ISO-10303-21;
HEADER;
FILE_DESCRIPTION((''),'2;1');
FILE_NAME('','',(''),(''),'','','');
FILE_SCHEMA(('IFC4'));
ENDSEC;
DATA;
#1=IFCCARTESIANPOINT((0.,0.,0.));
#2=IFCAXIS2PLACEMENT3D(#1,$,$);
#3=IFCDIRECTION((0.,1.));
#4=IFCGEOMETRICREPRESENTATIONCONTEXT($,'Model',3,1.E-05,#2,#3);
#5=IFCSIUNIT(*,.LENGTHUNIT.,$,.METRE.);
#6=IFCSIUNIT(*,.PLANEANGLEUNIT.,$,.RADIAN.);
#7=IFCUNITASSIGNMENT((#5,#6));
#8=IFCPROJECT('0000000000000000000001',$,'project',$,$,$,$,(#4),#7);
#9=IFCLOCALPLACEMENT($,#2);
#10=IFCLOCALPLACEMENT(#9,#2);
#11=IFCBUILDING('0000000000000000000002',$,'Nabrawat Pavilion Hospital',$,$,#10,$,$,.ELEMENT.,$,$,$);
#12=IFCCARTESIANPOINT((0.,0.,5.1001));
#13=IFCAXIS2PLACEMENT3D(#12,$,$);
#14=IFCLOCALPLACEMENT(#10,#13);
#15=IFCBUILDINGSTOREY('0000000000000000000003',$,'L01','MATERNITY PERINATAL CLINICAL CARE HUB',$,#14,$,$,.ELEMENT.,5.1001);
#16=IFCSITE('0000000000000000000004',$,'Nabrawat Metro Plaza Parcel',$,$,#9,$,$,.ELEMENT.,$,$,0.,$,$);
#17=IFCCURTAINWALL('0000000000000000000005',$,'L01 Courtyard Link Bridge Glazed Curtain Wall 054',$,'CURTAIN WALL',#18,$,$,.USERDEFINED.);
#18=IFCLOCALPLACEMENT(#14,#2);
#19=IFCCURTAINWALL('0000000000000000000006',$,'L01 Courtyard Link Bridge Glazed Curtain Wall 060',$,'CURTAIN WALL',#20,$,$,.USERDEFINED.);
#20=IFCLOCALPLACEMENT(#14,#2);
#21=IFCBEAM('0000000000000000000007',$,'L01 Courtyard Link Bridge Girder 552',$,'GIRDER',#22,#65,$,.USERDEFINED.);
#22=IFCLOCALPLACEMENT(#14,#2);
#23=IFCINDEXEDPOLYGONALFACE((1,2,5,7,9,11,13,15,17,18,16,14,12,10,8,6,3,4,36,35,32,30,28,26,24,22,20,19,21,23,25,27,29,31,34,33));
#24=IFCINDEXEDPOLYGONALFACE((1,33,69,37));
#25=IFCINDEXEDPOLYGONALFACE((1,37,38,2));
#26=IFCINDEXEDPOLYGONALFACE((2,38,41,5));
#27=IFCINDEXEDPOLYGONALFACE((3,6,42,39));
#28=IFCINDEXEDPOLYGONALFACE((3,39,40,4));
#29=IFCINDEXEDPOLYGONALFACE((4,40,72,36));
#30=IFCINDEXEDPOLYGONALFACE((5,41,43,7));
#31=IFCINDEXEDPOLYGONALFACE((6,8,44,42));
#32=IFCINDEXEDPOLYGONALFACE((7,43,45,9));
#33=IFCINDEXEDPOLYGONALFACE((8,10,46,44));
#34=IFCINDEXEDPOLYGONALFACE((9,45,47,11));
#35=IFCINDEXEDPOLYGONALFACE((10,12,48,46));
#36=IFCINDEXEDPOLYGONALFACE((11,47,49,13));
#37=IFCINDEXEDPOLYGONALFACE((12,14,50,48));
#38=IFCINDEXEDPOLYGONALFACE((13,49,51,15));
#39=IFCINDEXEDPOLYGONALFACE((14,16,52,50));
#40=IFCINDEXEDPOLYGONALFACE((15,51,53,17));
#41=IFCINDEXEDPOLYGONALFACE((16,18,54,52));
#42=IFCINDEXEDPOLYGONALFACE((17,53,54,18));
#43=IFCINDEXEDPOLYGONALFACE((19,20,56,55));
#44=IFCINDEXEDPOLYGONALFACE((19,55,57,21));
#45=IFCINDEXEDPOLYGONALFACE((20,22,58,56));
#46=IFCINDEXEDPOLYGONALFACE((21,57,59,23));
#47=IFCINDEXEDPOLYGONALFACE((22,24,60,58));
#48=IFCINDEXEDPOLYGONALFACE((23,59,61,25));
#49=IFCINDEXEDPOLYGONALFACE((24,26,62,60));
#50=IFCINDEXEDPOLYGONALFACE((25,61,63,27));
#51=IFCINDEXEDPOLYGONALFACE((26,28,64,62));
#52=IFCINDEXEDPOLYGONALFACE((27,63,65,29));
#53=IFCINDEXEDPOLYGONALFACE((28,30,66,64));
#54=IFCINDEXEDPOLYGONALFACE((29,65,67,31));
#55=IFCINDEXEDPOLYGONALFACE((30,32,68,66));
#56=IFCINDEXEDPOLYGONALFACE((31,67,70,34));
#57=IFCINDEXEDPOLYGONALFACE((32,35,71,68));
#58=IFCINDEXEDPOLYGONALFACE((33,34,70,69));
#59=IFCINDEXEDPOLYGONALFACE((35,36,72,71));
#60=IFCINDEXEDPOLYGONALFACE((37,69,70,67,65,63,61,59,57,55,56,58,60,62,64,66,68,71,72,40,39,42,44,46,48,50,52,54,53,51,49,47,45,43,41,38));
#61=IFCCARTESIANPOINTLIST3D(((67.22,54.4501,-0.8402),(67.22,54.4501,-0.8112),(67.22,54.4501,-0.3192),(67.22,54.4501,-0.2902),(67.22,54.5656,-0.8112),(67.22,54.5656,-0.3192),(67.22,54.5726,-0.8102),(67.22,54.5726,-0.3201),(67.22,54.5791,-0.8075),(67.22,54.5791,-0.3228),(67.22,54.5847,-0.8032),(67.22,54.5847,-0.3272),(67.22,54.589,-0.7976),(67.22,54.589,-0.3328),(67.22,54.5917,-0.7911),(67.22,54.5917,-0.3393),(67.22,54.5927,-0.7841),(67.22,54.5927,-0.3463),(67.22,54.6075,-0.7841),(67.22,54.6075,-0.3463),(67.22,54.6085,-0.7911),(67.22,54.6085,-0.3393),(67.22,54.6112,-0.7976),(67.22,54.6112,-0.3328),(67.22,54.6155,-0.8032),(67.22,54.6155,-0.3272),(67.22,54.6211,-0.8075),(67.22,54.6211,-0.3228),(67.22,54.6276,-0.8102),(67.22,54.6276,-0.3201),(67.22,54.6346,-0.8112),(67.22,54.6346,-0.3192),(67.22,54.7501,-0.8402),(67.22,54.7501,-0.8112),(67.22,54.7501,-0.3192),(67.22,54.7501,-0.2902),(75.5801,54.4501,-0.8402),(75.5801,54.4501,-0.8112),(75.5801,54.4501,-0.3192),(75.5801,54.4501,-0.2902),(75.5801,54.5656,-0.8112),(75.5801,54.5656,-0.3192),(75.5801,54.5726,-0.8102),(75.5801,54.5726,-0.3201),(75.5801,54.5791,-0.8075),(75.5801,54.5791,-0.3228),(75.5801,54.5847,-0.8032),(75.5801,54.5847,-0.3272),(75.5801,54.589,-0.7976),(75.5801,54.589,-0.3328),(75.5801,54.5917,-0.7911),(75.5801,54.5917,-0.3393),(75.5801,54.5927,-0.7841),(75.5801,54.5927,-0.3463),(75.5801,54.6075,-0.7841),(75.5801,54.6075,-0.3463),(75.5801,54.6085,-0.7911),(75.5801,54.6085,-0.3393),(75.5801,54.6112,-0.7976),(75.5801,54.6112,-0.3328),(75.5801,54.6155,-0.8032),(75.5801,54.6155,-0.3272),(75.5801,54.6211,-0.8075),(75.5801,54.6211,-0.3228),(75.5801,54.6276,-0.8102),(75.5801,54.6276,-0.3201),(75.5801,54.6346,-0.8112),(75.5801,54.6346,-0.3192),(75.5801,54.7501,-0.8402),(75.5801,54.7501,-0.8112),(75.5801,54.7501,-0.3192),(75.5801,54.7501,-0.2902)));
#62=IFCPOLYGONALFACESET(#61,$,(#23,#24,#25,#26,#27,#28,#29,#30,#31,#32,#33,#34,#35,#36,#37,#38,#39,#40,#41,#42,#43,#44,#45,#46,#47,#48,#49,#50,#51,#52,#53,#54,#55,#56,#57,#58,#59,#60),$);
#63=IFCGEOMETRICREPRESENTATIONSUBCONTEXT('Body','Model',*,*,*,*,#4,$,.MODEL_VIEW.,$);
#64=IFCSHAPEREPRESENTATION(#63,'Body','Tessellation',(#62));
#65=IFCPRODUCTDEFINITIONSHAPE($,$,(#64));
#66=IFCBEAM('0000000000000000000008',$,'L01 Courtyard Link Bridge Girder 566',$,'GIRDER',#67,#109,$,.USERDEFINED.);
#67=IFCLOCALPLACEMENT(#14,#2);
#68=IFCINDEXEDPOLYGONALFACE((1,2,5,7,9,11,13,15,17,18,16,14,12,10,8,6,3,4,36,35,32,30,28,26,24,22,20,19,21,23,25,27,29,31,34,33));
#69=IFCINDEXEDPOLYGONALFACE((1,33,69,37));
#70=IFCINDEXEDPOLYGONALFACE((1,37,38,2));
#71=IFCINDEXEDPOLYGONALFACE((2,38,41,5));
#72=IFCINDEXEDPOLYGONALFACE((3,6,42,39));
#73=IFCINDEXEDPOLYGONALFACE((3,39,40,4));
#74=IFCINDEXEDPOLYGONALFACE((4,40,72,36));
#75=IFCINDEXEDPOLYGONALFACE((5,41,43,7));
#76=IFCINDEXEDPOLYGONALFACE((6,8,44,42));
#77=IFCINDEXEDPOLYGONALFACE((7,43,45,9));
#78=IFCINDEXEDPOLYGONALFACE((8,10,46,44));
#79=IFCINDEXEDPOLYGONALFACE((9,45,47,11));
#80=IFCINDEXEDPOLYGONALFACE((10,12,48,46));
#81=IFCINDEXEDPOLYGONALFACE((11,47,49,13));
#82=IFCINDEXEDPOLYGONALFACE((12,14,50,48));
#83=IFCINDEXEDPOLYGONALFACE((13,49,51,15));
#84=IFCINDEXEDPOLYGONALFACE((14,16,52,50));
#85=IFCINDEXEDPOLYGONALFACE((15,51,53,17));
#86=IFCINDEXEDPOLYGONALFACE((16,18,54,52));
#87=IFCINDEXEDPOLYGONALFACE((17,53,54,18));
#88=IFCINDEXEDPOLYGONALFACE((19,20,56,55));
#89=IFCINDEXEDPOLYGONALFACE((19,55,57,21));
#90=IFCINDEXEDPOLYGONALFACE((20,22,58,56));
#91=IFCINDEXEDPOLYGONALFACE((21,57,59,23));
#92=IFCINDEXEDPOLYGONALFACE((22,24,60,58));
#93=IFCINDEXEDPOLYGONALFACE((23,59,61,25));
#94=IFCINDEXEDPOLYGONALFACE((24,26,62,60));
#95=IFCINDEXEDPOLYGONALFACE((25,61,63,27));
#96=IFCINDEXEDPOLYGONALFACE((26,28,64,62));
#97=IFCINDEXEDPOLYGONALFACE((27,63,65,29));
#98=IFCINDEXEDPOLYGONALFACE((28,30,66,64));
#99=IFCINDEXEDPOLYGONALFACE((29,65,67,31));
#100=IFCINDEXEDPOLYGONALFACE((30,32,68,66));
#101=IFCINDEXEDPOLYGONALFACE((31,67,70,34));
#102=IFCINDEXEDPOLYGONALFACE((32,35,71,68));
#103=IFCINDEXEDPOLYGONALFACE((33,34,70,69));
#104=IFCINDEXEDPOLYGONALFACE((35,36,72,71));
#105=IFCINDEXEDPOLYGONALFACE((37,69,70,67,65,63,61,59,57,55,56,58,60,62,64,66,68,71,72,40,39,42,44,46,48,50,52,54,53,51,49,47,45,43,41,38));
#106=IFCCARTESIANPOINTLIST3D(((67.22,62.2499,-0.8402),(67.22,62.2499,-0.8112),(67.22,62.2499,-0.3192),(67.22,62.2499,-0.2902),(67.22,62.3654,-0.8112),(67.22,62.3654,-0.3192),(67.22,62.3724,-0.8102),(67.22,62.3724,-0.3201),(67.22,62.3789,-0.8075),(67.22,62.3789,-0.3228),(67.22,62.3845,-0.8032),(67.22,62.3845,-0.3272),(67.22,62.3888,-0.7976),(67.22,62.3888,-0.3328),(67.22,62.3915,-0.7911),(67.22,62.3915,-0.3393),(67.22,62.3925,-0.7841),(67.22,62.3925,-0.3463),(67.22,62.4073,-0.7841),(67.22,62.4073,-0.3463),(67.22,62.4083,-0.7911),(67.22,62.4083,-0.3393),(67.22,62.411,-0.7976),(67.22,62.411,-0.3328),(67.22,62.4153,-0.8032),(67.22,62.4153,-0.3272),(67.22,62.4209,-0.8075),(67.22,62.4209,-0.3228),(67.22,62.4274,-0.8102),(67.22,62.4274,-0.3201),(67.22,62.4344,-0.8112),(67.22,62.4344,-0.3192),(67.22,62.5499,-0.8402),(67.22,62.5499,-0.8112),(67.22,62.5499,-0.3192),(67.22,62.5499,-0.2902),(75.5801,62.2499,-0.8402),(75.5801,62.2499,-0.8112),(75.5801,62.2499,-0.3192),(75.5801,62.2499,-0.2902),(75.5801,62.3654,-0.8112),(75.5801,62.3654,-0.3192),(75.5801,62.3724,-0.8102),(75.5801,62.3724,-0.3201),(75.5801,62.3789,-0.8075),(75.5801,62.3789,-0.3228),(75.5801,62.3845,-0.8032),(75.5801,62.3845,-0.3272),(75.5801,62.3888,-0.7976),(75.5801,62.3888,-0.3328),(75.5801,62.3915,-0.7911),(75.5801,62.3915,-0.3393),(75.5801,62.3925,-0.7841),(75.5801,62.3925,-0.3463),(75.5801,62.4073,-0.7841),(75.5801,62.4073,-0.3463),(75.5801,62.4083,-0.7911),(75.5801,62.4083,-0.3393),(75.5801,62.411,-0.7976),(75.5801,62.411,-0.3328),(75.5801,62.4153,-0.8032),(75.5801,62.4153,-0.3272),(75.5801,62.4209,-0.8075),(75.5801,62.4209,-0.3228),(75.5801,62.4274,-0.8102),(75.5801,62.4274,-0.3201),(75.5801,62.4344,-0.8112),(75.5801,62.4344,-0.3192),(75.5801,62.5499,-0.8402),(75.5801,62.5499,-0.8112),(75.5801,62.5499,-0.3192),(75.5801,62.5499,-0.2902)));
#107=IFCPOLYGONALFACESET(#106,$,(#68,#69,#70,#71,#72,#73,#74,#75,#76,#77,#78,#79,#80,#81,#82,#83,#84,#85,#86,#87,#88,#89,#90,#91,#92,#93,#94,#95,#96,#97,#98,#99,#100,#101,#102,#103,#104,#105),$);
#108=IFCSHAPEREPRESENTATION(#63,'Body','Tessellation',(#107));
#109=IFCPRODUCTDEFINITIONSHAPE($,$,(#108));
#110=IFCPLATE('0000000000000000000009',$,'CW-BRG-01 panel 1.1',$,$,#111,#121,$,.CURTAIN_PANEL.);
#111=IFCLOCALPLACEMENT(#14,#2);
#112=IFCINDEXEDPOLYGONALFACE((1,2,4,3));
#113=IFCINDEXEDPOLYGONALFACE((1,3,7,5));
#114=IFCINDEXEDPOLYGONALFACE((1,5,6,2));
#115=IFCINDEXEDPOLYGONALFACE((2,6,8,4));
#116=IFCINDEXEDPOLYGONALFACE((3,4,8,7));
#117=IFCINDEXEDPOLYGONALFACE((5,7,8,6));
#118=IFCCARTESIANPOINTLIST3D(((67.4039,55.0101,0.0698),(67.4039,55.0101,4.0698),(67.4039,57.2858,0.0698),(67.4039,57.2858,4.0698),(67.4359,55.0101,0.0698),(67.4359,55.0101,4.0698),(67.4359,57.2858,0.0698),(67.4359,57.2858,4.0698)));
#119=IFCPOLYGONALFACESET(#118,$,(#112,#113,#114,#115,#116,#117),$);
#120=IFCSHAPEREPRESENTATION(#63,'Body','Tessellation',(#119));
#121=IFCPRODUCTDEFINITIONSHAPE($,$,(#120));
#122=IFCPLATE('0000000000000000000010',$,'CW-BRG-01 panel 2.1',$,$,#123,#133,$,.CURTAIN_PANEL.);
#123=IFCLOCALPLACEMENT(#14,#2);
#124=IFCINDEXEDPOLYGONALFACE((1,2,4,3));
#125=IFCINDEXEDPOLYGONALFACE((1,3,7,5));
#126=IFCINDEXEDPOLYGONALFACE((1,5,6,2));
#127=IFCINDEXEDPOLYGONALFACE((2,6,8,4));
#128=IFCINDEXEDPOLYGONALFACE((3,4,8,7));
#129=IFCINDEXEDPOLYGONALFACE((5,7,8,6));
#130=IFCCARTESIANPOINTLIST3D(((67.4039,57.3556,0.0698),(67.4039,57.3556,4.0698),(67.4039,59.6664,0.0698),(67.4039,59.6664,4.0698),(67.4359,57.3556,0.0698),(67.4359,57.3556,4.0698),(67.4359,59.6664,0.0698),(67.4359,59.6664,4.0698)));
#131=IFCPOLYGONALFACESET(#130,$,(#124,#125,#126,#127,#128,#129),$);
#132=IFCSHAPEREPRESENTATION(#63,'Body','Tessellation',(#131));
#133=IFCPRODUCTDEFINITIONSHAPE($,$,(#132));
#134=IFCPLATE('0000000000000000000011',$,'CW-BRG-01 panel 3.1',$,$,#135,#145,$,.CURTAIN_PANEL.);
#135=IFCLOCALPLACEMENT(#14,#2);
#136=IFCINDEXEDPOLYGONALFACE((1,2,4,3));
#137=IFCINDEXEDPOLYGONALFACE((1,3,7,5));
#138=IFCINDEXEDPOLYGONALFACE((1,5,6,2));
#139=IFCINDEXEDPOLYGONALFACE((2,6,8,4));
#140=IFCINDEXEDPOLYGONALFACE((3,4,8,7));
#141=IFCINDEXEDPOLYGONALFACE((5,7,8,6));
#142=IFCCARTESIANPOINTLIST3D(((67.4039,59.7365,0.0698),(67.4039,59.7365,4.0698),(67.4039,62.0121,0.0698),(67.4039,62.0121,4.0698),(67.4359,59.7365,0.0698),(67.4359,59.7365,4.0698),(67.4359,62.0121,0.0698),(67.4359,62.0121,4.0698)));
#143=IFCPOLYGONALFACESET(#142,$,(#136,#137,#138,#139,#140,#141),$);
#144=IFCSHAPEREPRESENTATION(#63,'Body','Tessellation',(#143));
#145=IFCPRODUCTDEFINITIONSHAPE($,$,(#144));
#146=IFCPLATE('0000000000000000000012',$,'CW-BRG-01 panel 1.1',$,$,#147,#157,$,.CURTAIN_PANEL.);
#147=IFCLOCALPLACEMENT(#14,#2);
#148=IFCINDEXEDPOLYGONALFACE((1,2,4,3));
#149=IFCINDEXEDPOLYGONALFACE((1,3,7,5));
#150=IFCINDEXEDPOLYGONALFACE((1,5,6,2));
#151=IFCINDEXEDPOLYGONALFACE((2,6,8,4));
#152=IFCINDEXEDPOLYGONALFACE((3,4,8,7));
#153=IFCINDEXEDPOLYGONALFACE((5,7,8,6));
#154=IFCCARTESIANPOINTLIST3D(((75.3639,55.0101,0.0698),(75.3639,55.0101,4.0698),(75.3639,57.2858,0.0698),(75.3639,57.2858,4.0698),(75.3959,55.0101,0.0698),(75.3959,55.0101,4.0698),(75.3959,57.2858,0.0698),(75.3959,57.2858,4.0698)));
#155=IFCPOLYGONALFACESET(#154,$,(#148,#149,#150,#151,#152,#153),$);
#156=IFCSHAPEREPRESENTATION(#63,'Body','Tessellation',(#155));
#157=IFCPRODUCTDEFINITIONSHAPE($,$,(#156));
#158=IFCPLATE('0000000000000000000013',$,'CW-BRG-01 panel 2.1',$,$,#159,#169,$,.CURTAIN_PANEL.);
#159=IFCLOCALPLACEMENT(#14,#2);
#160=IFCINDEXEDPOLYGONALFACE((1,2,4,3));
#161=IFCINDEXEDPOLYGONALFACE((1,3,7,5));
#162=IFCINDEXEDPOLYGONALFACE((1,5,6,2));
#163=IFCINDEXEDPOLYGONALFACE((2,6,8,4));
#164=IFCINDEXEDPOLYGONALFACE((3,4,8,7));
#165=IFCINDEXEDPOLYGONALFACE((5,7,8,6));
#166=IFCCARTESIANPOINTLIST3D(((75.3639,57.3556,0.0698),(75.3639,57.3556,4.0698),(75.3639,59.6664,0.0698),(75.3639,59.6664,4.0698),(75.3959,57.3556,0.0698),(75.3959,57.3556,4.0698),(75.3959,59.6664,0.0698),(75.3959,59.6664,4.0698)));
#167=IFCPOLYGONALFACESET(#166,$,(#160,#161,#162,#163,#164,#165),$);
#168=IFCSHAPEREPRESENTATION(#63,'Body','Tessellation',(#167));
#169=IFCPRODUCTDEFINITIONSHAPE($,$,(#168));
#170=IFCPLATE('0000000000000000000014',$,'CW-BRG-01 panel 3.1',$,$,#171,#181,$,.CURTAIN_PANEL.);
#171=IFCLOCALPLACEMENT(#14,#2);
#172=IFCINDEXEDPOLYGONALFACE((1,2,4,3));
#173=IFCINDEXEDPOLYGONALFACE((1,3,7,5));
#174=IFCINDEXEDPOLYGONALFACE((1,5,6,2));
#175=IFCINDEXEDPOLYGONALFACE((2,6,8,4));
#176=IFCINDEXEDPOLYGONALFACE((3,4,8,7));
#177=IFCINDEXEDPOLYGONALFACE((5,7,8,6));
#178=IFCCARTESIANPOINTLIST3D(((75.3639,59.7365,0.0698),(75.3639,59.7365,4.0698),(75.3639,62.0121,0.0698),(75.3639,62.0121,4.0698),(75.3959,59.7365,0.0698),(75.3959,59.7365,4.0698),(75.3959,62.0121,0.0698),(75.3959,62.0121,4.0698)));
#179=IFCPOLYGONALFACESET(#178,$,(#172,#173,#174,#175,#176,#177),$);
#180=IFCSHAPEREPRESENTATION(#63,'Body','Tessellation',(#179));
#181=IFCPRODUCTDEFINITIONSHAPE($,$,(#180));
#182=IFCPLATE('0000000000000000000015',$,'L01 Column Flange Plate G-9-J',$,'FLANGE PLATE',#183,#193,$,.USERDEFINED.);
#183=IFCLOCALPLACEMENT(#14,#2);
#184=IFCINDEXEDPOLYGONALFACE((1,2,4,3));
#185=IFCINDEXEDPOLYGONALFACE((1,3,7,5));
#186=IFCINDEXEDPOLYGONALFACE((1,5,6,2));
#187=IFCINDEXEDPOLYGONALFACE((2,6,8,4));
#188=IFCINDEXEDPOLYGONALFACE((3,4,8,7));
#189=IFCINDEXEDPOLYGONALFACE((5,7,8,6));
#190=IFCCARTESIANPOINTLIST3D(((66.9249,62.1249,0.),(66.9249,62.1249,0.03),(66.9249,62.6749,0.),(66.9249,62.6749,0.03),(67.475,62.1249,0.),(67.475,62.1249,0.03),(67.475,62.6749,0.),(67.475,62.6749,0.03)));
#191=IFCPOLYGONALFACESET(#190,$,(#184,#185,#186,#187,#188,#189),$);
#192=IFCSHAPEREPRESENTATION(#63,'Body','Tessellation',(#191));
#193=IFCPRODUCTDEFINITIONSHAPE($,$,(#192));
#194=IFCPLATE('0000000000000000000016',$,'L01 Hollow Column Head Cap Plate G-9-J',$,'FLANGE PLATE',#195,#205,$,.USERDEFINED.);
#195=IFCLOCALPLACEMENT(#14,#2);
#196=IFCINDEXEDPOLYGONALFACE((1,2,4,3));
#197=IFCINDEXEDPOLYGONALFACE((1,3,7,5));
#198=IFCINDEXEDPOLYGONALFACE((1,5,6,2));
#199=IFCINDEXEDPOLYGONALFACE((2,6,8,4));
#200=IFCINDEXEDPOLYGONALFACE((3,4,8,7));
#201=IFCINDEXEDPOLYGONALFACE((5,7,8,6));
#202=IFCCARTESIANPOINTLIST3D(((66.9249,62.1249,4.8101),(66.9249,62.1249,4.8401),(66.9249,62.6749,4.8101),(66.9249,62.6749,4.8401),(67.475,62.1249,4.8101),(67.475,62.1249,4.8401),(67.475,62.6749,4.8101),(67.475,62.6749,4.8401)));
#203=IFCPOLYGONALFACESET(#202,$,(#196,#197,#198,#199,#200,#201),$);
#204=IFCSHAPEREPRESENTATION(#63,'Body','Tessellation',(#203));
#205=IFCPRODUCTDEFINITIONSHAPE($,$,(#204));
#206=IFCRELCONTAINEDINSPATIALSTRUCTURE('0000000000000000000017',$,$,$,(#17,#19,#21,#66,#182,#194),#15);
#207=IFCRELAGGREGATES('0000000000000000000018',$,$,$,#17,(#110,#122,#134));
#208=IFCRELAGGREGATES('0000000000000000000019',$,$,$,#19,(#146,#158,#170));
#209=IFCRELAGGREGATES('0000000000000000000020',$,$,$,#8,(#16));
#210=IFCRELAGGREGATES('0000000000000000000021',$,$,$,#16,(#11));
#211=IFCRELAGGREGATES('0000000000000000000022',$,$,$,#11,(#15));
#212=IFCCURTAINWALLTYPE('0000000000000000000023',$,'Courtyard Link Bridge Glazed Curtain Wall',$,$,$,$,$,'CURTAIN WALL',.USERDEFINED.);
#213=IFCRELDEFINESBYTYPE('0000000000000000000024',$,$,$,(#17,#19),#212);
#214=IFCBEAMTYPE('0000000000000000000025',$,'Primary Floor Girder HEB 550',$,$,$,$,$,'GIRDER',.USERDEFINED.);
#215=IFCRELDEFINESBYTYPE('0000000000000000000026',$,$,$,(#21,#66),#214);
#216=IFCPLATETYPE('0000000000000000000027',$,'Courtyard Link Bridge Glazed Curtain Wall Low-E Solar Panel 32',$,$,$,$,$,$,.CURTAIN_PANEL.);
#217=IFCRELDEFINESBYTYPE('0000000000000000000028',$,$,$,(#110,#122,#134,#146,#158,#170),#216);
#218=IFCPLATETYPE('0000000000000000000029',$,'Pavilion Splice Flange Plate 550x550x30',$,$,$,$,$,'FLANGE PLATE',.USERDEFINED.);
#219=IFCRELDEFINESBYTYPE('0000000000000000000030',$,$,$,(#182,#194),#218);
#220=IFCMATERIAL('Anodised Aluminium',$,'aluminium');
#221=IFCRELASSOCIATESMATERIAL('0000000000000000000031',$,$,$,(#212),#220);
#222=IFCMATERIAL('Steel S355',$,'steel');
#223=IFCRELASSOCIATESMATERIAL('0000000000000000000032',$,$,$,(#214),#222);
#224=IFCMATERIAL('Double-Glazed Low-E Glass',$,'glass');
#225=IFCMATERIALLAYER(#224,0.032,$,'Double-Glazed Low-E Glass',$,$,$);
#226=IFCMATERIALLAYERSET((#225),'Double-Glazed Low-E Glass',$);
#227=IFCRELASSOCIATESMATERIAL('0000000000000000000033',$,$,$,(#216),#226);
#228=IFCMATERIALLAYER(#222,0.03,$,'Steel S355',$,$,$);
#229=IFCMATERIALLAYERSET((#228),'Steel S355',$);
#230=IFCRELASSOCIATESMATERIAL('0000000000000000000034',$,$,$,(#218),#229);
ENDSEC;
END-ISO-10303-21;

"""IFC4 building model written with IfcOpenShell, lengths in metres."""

from ifc_helpers import new_model, si_unit, direction, frame, origin, origin_2d, place, context, subcontext, project, spatial, rectangle, i_section, extrude, material, layer, layer_set, material_profile, profile_set, type_object, element, aggregate, save


model = new_model("IFC4")

# Units and contexts
model_context = context("Model", 3, precision=1e-05, world=origin(), true_north=direction((0.0, 1.0)))
body_context = subcontext(model_context, "Body", "Model", "MODEL_VIEW")
ifc_project = project(units=[si_unit("LENGTHUNIT", "METRE"), si_unit("PLANEANGLEUNIT", "RADIAN")], contexts=[model_context])

# Site, building, storey
site_placement = place(None, origin())
site = spatial("IfcSite", under=ifc_project, at=site_placement, Name="Nabrawat Metro Plaza Parcel", CompositionType="ELEMENT", RefElevation=0.0)
building_placement = place(site_placement, origin())
building = spatial("IfcBuilding", under=site, at=building_placement, Name="Nabrawat Pavilion Hospital", CompositionType="ELEMENT")
storey_placement = place(building_placement, frame((0.0, 0.0, 5.1001)))
storey = spatial("IfcBuildingStorey", under=building, at=storey_placement, Name="L01", Description="MATERNITY PERINATAL CLINICAL CARE HUB", CompositionType="ELEMENT", Elevation=5.1001)

# Shared definitions
ifc_material_1 = material(Name="Steel S355", Category="steel")

# Curtain walls
ifc_material_2 = material(Name="Anodised Aluminium", Category="aluminium")
curtain_wall_type = type_object("IfcCurtainWallType", Name="Courtyard Link Bridge Glazed Curtain Wall", ElementType="CURTAIN WALL", PredefinedType="USERDEFINED", material=ifc_material_2)
curtain_wall_1_placement = place(storey_placement, origin())
curtain_wall_1 = element("IfcCurtainWall", 1, at=curtain_wall_1_placement, inside=storey, type_object=curtain_wall_type, Name="L01 Courtyard Link Bridge Glazed Curtain Wall 054", ObjectType="CURTAIN WALL", PredefinedType="USERDEFINED")
curtain_wall_2_placement = place(storey_placement, origin())
curtain_wall_2 = element("IfcCurtainWall", 2, at=curtain_wall_2_placement, inside=storey, type_object=curtain_wall_type, Name="L01 Courtyard Link Bridge Glazed Curtain Wall 060", ObjectType="CURTAIN WALL", PredefinedType="USERDEFINED")

# Beams
ifc_material_profile_1 = material_profile(ifc_material_1, i_section(OverallWidth=0.3, OverallDepth=0.55, WebThickness=0.0149, FlangeThickness=0.0291, FilletRadius=0.0271, at=origin_2d()), Name="HEB 550")
ifc_profile_set_1 = profile_set([ifc_material_profile_1], Name="Steel S355")
beam_type_1 = type_object("IfcBeamType", Name="Primary Floor Girder HEB 550", ElementType="GIRDER", PredefinedType="USERDEFINED", material=ifc_profile_set_1)
for number, where, z_axis, x_axis, name in (
    (3, (67.22, 54.6001, -0.5652), (1.0, 0.0, 0.0), (0.0, 1.0, 0.0), "L01 Courtyard Link Bridge Girder 552"),
    (4, (67.22, 62.3999, -0.5652), (1.0, 0.0, 0.0), (0.0, 1.0, 0.0), "L01 Courtyard Link Bridge Girder 566"),
):
    element("IfcBeam", number, at=place(storey_placement, frame(where, z_axis=z_axis, x_axis=x_axis)), inside=storey, type_object=beam_type_1, Name=name, ObjectType="GIRDER", PredefinedType="USERDEFINED", context=body_context, shape_type="SweptSolid", body=[
        extrude(i_section(OverallWidth=0.3, OverallDepth=0.55, WebThickness=0.0149, FlangeThickness=0.0291, FilletRadius=0.0271, at=origin_2d()), origin(), (0.0, 0.0, 1.0), 8.3601),
    ])

# Plates
ifc_material_3 = material(Name="Double-Glazed Low-E Glass", Category="glass")
ifc_layer_1 = layer(ifc_material_3, 0.032, Name="Double-Glazed Low-E Glass")
ifc_layer_set_1 = layer_set([ifc_layer_1], Name="Double-Glazed Low-E Glass")
plate_type_1 = type_object("IfcPlateType", Name="Courtyard Link Bridge Glazed Curtain Wall Low-E Solar Panel 32", PredefinedType="CURTAIN_PANEL", material=ifc_layer_set_1)
plate_1_placement = place(storey_placement, frame((67.4199, 56.1479, 0.0698), z_axis=(0.0, 0.0, 1.0), x_axis=(0.0, 1.0, 0.0)))
plate_1 = element("IfcPlate", 5, at=plate_1_placement, type_object=plate_type_1, Name="CW-BRG-01 panel 1.1", PredefinedType="CURTAIN_PANEL", context=body_context, shape_type="SweptSolid", body=[
    extrude(rectangle(XDim=2.2756, YDim=0.032, at=origin_2d()), origin(), (0.0, 0.0, 1.0), 4.0),
])
plate_2_placement = place(storey_placement, frame((67.4199, 58.511, 0.0698), z_axis=(0.0, 0.0, 1.0), x_axis=(0.0, 1.0, 0.0)))
plate_2 = element("IfcPlate", 6, at=plate_2_placement, type_object=plate_type_1, Name="CW-BRG-01 panel 2.1", PredefinedType="CURTAIN_PANEL", context=body_context, shape_type="SweptSolid", body=[
    extrude(rectangle(XDim=2.3108, YDim=0.032, at=origin_2d()), origin(), (0.0, 0.0, 1.0), 4.0),
])
plate_3_placement = place(storey_placement, frame((67.4199, 60.8743, 0.0698), z_axis=(0.0, 0.0, 1.0), x_axis=(0.0, 1.0, 0.0)))
plate_3 = element("IfcPlate", 7, at=plate_3_placement, type_object=plate_type_1, Name="CW-BRG-01 panel 3.1", PredefinedType="CURTAIN_PANEL", context=body_context, shape_type="SweptSolid", body=[
    extrude(rectangle(XDim=2.2756, YDim=0.032, at=origin_2d()), origin(), (0.0, 0.0, 1.0), 4.0),
])
aggregate(curtain_wall_1, [plate_1, plate_2, plate_3])
plate_4_placement = place(storey_placement, frame((75.3799, 56.1479, 0.0698), z_axis=(0.0, 0.0, 1.0), x_axis=(0.0, 1.0, 0.0)))
plate_4 = element("IfcPlate", 8, at=plate_4_placement, type_object=plate_type_1, Name="CW-BRG-01 panel 1.1", PredefinedType="CURTAIN_PANEL", context=body_context, shape_type="SweptSolid", body=[
    extrude(rectangle(XDim=2.2756, YDim=0.032, at=origin_2d()), origin(), (0.0, 0.0, 1.0), 4.0),
])
plate_5_placement = place(storey_placement, frame((75.3799, 58.511, 0.0698), z_axis=(0.0, 0.0, 1.0), x_axis=(0.0, 1.0, 0.0)))
plate_5 = element("IfcPlate", 9, at=plate_5_placement, type_object=plate_type_1, Name="CW-BRG-01 panel 2.1", PredefinedType="CURTAIN_PANEL", context=body_context, shape_type="SweptSolid", body=[
    extrude(rectangle(XDim=2.3108, YDim=0.032, at=origin_2d()), origin(), (0.0, 0.0, 1.0), 4.0),
])
plate_6_placement = place(storey_placement, frame((75.3799, 60.8743, 0.0698), z_axis=(0.0, 0.0, 1.0), x_axis=(0.0, 1.0, 0.0)))
plate_6 = element("IfcPlate", 10, at=plate_6_placement, type_object=plate_type_1, Name="CW-BRG-01 panel 3.1", PredefinedType="CURTAIN_PANEL", context=body_context, shape_type="SweptSolid", body=[
    extrude(rectangle(XDim=2.2756, YDim=0.032, at=origin_2d()), origin(), (0.0, 0.0, 1.0), 4.0),
])
aggregate(curtain_wall_2, [plate_4, plate_5, plate_6])

# Plates
ifc_layer_2 = layer(ifc_material_1, 0.03, Name="Steel S355")
ifc_layer_set_2 = layer_set([ifc_layer_2], Name="Steel S355")
plate_type_2 = type_object("IfcPlateType", Name="Pavilion Splice Flange Plate 550x550x30", ElementType="FLANGE PLATE", PredefinedType="USERDEFINED", material=ifc_layer_set_2)
for number, where, z_axis, x_axis, name in (
    (11, (67.2, 62.3999, 0.0), (0.0, 0.0, 1.0), (1.0, 0.0, 0.0), "L01 Column Flange Plate G-9-J"),
    (12, (67.2, 62.3999, 4.8101), (0.0, 0.0, 1.0), (1.0, 0.0, 0.0), "L01 Hollow Column Head Cap Plate G-9-J"),
):
    element("IfcPlate", number, at=place(storey_placement, frame(where, z_axis=z_axis, x_axis=x_axis)), inside=storey, type_object=plate_type_2, Name=name, ObjectType="FLANGE PLATE", PredefinedType="USERDEFINED", context=body_context, shape_type="SweptSolid", body=[
        extrude(rectangle(XDim=0.55, YDim=0.55, at=origin_2d()), origin(), (0.0, 0.0, 1.0), 0.03),
    ])

save(model, "model.ifc")
